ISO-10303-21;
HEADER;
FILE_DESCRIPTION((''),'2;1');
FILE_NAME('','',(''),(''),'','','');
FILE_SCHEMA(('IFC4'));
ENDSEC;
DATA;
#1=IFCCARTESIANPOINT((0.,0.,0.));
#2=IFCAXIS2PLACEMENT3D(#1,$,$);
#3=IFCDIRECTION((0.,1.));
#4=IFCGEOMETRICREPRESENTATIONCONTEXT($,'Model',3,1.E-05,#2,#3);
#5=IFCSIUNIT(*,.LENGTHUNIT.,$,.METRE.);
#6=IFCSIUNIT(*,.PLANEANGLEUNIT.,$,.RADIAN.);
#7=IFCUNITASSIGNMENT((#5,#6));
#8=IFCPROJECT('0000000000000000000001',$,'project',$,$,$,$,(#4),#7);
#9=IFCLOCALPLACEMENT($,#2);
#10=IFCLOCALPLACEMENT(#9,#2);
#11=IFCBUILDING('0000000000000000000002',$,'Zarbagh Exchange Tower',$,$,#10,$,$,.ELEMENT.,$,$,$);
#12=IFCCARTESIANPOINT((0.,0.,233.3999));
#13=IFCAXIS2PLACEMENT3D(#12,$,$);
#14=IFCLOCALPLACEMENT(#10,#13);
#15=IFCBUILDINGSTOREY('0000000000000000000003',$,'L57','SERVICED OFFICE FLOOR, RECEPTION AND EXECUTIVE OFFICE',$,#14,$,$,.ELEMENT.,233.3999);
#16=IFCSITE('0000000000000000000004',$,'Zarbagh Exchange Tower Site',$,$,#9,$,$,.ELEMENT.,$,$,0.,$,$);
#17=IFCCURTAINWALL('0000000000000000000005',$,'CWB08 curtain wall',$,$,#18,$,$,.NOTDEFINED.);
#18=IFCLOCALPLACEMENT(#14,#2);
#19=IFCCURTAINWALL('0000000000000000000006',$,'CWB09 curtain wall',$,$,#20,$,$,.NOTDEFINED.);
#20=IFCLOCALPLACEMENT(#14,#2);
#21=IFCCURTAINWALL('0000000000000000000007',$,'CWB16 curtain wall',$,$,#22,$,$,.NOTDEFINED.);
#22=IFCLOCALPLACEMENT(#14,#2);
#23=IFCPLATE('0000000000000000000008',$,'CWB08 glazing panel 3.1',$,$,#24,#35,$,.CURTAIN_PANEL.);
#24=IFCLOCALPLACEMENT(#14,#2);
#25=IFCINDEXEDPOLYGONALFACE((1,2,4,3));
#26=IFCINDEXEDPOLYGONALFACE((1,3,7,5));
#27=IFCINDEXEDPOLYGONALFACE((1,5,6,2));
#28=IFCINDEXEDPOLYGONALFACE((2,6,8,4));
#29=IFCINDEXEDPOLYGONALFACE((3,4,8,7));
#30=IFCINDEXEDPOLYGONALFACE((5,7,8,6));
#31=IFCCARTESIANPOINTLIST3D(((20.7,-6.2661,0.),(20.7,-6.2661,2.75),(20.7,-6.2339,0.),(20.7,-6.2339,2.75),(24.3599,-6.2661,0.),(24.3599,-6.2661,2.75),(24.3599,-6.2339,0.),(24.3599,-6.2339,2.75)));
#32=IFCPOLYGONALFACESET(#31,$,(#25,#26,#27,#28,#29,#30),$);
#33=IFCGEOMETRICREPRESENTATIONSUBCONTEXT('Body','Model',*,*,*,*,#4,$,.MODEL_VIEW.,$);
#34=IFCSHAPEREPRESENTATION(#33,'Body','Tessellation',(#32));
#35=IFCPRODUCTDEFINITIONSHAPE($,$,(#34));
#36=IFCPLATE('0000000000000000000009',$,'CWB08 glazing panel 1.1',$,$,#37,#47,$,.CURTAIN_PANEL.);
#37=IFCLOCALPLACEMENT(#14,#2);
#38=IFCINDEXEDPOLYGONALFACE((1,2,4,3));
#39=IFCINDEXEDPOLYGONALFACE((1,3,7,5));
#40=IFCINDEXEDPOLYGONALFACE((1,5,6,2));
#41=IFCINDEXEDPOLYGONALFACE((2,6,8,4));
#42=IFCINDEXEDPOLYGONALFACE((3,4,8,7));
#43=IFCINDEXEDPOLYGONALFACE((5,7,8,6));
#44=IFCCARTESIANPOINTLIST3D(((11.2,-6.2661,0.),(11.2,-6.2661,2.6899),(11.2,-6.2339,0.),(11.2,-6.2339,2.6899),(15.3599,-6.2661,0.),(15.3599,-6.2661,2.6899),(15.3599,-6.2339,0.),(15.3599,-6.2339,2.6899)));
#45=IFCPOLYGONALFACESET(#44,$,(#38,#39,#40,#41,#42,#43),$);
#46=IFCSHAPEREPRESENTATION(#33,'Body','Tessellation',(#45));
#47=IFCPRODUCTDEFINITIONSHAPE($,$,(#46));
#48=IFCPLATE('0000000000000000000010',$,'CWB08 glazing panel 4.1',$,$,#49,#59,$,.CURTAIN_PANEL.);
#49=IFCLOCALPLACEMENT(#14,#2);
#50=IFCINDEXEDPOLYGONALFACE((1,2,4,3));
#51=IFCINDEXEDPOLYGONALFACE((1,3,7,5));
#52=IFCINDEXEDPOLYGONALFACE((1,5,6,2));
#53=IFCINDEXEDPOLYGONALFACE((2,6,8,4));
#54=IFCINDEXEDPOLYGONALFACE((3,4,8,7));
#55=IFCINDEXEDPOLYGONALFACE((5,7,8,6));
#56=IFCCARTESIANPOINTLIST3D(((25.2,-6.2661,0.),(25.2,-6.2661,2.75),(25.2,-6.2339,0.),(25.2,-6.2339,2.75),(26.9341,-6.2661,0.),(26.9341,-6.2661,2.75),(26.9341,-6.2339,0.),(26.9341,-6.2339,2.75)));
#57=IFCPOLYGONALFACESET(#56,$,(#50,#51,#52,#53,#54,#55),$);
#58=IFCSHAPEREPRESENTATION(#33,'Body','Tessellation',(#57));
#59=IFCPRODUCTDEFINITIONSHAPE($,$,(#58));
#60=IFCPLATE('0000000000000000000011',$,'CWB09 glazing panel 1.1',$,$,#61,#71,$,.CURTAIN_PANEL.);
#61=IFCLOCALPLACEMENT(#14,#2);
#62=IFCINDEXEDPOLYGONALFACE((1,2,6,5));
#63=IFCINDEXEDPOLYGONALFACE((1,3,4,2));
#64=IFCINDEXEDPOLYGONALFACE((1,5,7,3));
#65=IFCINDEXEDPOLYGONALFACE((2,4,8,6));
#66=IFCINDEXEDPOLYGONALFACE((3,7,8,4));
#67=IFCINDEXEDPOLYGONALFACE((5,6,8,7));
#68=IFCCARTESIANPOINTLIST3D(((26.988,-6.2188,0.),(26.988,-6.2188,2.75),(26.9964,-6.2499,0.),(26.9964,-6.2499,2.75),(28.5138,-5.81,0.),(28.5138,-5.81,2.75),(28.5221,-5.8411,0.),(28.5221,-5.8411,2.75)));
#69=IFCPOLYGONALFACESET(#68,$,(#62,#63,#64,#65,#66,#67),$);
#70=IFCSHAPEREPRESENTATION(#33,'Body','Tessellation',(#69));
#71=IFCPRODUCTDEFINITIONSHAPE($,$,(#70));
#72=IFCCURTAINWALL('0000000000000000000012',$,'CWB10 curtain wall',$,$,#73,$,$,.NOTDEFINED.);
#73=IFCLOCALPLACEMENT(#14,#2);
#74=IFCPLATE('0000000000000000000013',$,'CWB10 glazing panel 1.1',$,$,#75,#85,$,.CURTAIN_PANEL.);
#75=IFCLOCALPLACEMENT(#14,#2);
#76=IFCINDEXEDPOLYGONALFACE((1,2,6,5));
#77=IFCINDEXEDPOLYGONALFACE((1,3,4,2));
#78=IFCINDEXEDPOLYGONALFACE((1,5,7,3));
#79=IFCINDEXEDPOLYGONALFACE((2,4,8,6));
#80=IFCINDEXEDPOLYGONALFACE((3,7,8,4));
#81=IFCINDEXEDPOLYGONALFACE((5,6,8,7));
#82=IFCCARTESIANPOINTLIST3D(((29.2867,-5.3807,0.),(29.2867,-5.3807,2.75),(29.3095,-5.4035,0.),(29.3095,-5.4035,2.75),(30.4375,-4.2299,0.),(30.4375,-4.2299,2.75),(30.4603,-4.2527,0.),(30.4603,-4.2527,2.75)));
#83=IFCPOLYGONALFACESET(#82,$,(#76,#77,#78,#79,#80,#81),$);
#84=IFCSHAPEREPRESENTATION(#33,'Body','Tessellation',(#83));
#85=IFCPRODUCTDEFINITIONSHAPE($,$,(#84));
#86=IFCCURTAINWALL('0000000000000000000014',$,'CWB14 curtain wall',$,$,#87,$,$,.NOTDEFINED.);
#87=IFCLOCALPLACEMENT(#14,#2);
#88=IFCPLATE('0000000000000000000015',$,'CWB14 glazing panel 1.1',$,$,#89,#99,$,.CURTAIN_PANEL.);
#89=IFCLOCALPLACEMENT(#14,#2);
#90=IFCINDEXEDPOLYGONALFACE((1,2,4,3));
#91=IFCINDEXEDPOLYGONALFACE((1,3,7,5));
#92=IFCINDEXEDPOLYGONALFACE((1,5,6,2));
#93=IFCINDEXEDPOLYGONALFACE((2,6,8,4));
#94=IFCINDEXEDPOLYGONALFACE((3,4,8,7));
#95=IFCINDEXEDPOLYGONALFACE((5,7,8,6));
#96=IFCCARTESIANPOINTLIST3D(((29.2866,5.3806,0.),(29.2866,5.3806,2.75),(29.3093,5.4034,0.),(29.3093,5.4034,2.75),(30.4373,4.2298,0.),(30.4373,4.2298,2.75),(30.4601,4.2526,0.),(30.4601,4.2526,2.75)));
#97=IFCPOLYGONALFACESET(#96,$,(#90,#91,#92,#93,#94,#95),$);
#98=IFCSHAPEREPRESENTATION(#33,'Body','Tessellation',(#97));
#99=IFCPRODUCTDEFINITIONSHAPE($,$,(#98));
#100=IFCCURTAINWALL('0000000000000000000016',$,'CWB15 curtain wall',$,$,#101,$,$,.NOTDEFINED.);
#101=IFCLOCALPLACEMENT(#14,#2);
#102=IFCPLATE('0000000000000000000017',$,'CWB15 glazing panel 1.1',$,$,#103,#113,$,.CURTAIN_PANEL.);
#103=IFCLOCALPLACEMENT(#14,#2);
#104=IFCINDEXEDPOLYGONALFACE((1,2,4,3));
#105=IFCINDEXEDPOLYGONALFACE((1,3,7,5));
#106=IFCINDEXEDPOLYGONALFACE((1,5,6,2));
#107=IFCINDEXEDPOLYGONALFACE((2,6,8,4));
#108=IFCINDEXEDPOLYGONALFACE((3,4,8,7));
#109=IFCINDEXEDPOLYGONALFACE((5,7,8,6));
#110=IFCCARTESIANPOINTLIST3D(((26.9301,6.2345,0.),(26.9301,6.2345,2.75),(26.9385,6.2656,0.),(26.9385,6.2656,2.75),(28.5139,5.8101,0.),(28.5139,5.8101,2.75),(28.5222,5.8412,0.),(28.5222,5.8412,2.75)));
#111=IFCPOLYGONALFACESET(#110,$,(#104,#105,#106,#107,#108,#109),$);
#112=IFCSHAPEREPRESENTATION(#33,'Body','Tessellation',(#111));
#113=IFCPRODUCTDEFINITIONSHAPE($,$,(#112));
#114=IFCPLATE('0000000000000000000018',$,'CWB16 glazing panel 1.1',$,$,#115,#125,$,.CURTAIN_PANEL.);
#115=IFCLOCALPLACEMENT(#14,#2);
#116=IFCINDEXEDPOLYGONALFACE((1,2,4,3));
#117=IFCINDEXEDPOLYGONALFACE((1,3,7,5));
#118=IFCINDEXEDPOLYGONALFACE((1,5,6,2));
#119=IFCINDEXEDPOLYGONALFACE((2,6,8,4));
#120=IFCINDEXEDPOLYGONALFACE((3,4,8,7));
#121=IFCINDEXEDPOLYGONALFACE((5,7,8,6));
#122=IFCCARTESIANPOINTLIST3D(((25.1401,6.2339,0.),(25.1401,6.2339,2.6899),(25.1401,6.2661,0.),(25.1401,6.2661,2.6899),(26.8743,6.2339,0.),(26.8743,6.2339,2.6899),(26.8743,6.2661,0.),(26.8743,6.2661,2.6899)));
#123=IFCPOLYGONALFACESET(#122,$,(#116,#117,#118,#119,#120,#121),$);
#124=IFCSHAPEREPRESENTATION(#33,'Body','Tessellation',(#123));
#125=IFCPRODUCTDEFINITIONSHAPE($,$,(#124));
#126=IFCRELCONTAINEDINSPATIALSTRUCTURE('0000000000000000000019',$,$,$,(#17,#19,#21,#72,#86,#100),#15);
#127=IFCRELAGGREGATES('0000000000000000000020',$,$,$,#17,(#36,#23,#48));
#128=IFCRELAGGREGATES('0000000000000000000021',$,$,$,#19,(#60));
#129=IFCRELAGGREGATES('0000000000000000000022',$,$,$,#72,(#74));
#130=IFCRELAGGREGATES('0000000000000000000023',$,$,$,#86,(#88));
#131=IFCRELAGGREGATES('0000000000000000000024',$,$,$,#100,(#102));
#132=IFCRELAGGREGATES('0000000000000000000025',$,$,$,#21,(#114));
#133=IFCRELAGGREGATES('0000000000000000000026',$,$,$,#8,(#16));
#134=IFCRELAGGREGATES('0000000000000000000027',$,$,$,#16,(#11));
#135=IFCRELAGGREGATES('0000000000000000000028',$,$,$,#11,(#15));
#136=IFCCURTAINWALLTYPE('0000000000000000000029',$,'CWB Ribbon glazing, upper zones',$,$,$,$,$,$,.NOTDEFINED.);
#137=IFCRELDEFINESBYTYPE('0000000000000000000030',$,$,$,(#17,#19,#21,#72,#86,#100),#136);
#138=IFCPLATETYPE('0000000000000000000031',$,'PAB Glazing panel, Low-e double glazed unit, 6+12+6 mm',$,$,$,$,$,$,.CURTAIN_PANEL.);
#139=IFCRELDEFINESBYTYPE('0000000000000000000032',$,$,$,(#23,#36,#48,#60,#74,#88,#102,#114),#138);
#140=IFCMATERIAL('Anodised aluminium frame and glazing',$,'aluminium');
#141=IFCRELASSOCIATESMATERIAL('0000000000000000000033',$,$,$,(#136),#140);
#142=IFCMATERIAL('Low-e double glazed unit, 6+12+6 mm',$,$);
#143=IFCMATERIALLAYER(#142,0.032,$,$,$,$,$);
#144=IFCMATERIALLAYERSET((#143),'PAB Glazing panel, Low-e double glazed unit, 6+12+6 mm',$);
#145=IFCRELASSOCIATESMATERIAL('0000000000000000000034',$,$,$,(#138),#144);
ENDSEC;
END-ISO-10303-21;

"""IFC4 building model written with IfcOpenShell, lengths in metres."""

from ifc_helpers import new_model, si_unit, direction, frame, origin, place, context, subcontext, project, spatial, polyline, outline, extrude, source, transform, mapped, material, layer, layer_set, type_object, element, aggregate, save


model = new_model("IFC4")

# Units and contexts
model_context = context("Model", 3, precision=1e-05, world=origin(), true_north=direction((0.0, 1.0)))
body_context = subcontext(model_context, "Body", "Model", "MODEL_VIEW")
ifc_project = project(units=[si_unit("LENGTHUNIT", "METRE"), si_unit("PLANEANGLEUNIT", "RADIAN")], contexts=[model_context])

# Site, building, storey
site_placement = place(None, origin())
site = spatial("IfcSite", under=ifc_project, at=site_placement, Name="Zarbagh Exchange Tower Site", CompositionType="ELEMENT", RefElevation=0.0)
building_placement = place(site_placement, origin())
building = spatial("IfcBuilding", under=site, at=building_placement, Name="Zarbagh Exchange Tower", CompositionType="ELEMENT")
storey_placement = place(building_placement, frame((0.0, 0.0, 233.3999)))
storey = spatial("IfcBuildingStorey", under=building, at=storey_placement, Name="L57", Description="SERVICED OFFICE FLOOR, RECEPTION AND EXECUTIVE OFFICE", CompositionType="ELEMENT", Elevation=233.3999)

# Curtain wall
ifc_material_1 = material(Name="Anodised aluminium frame and glazing", Category="aluminium")
curtain_wall_type = type_object("IfcCurtainWallType", Name="CWB Ribbon glazing, upper zones", PredefinedType="NOTDEFINED", material=ifc_material_1)
curtain_wall_1_placement = place(storey_placement, origin())
curtain_wall_1 = element("IfcCurtainWall", 1, at=curtain_wall_1_placement, inside=storey, type_object=curtain_wall_type, Name="CWB08 curtain wall", PredefinedType="NOTDEFINED")
placement = place(storey_placement, origin())

# Curtain wall
curtain_wall_2_placement = place(storey_placement, origin())
curtain_wall_2 = element("IfcCurtainWall", 2, at=curtain_wall_2_placement, inside=storey, type_object=curtain_wall_type, Name="CWB09 curtain wall", PredefinedType="NOTDEFINED")

# Curtain wall
curtain_wall_3_placement = place(storey_placement, origin())
curtain_wall_3 = element("IfcCurtainWall", 3, at=curtain_wall_3_placement, inside=storey, type_object=curtain_wall_type, Name="CWB16 curtain wall", PredefinedType="NOTDEFINED")

# Shared definitions
ifc_material_2 = material(Name="Low-e double glazed unit, 6+12+6 mm")
ifc_layer = layer(ifc_material_2, 0.032)
ifc_layer_set = layer_set([ifc_layer], Name="PAB Glazing panel, Low-e double glazed unit, 6+12+6 mm")
plate_type = type_object("IfcPlateType", Name="PAB Glazing panel, Low-e double glazed unit, 6+12+6 mm", PredefinedType="CURTAIN_PANEL", material=ifc_layer_set)

# Plates
shared_shape_1 = source(origin(), body_context, "Body", "SweptSolid", [
    extrude(outline(polyline([(0.0, -0.0161), (3.6599, -0.0161), (3.6599, 0.0161), (0.0, 0.0161), (0.0, -0.0161)])), origin(), (0.0, 0.0, 1.0), 2.75),
])
plate_1 = element("IfcPlate", 4, at=placement, type_object=plate_type, Name="CWB08 glazing panel 3.1", PredefinedType="CURTAIN_PANEL", context=body_context, shape_type="MappedRepresentation", body=[
    mapped(shared_shape_1, transform((20.7, -6.25, 0.0), x_axis=(1.0, 0.0, 0.0), y_axis=(0.0, 1.0, 0.0), z_axis=(0.0, 0.0, 1.0))),
])
shared_shape_2 = source(origin(), body_context, "Body", "SweptSolid", [
    extrude(outline(polyline([(0.0, -0.0161), (4.1599, -0.0161), (4.1599, 0.0161), (0.0, 0.0161), (0.0, -0.0161)])), origin(), (0.0, 0.0, 1.0), 2.6899),
])
plate_2 = element("IfcPlate", 5, at=placement, type_object=plate_type, Name="CWB08 glazing panel 1.1", PredefinedType="CURTAIN_PANEL", context=body_context, shape_type="MappedRepresentation", body=[
    mapped(shared_shape_2, transform((11.2, -6.25, 0.0), x_axis=(1.0, 0.0, 0.0), y_axis=(0.0, 1.0, 0.0), z_axis=(0.0, 0.0, 1.0))),
])
shared_shape_3 = source(origin(), body_context, "Body", "SweptSolid", [
    extrude(outline(polyline([(0.0, -0.0161), (1.7341, -0.0161), (1.7341, 0.0161), (0.0, 0.0161), (0.0, -0.0161)])), origin(), (0.0, 0.0, 1.0), 2.75),
])
plate_3 = element("IfcPlate", 6, at=placement, type_object=plate_type, Name="CWB08 glazing panel 4.1", PredefinedType="CURTAIN_PANEL", context=body_context, shape_type="MappedRepresentation", body=[
    mapped(shared_shape_3, transform((25.2, -6.25, 0.0), x_axis=(1.0, 0.0, 0.0), y_axis=(0.0, 1.0, 0.0), z_axis=(0.0, 0.0, 1.0))),
])
aggregate(curtain_wall_1, [plate_2, plate_1, plate_3])
shared_shape_4 = source(origin(), body_context, "Body", "SweptSolid", [
    extrude(outline(polyline([(0.0, -0.0161), (1.5796, -0.0161), (1.5796, 0.0161), (0.0, 0.0161), (0.0, -0.0161)])), origin(), (0.0, 0.0, 1.0), 2.75),
])
plate_4 = element("IfcPlate", 7, at=placement, type_object=plate_type, Name="CWB09 glazing panel 1.1", PredefinedType="CURTAIN_PANEL", context=body_context, shape_type="MappedRepresentation", body=[
    mapped(shared_shape_4, transform((26.9922, -6.2344, 0.0), x_axis=(0.965924, 0.258825, 0.0), y_axis=(-0.258825, 0.965924, 0.0), z_axis=(0.0, 0.0, 1.0))),
])
aggregate(curtain_wall_2, [plate_4])

# Curtain walls, plates
curtain_wall_4_placement = place(storey_placement, origin())
curtain_wall_4 = element("IfcCurtainWall", 8, at=curtain_wall_4_placement, inside=storey, type_object=curtain_wall_type, Name="CWB10 curtain wall", PredefinedType="NOTDEFINED")
shared_shape_5 = source(origin(), body_context, "Body", "SweptSolid", [
    extrude(outline(polyline([(0.0, -0.0161), (1.6274, -0.0161), (1.6274, 0.0161), (0.0, 0.0161), (0.0, -0.0161)])), origin(), (0.0, 0.0, 1.0), 2.75),
])
plate_5 = element("IfcPlate", 9, at=placement, type_object=plate_type, Name="CWB10 glazing panel 1.1", PredefinedType="CURTAIN_PANEL", context=body_context, shape_type="MappedRepresentation", body=[
    mapped(shared_shape_5, transform((29.2981, -5.3921, 0.0), x_axis=(0.707107, 0.707107, 0.0), y_axis=(-0.707107, 0.707107, 0.0), z_axis=(0.0, 0.0, 1.0))),
])
aggregate(curtain_wall_4, [plate_5])
curtain_wall_5_placement = place(storey_placement, origin())
curtain_wall_5 = element("IfcCurtainWall", 10, at=curtain_wall_5_placement, inside=storey, type_object=curtain_wall_type, Name="CWB14 curtain wall", PredefinedType="NOTDEFINED")
plate_6 = element("IfcPlate", 11, at=placement, type_object=plate_type, Name="CWB14 glazing panel 1.1", PredefinedType="CURTAIN_PANEL", context=body_context, shape_type="MappedRepresentation", body=[
    mapped(shared_shape_5, transform((30.4487, 4.2412, 0.0), x_axis=(-0.707107, 0.707107, 0.0), y_axis=(-0.707107, -0.707107, 0.0), z_axis=(0.0, 0.0, 1.0))),
])
aggregate(curtain_wall_5, [plate_6])
curtain_wall_6_placement = place(storey_placement, origin())
curtain_wall_6 = element("IfcCurtainWall", 12, at=curtain_wall_6_placement, inside=storey, type_object=curtain_wall_type, Name="CWB15 curtain wall", PredefinedType="NOTDEFINED")
shared_shape_6 = source(origin(), body_context, "Body", "SweptSolid", [
    extrude(outline(polyline([(0.0, -0.0161), (1.6396, -0.0161), (1.6396, 0.0161), (0.0, 0.0161), (0.0, -0.0161)])), origin(), (0.0, 0.0, 1.0), 2.75),
])
plate_7 = element("IfcPlate", 13, at=placement, type_object=plate_type, Name="CWB15 glazing panel 1.1", PredefinedType="CURTAIN_PANEL", context=body_context, shape_type="MappedRepresentation", body=[
    mapped(shared_shape_6, transform((28.5181, 5.8257, 0.0), x_axis=(-0.965924, 0.258825, 0.0), y_axis=(-0.258825, -0.965924, 0.0), z_axis=(0.0, 0.0, 1.0))),
])
aggregate(curtain_wall_6, [plate_7])

# Plate
shared_shape_7 = source(origin(), body_context, "Body", "SweptSolid", [
    extrude(outline(polyline([(0.0, -0.0161), (1.7341, -0.0161), (1.7341, 0.0161), (0.0, 0.0161), (0.0, -0.0161)])), origin(), (0.0, 0.0, 1.0), 2.6899),
])
plate_8 = element("IfcPlate", 14, at=placement, type_object=plate_type, Name="CWB16 glazing panel 1.1", PredefinedType="CURTAIN_PANEL", context=body_context, shape_type="MappedRepresentation", body=[
    mapped(shared_shape_7, transform((26.8743, 6.25, 0.0), x_axis=(-1.0, 0.0, 0.0), y_axis=(0.0, -1.0, 0.0), z_axis=(0.0, 0.0, 1.0))),
])
aggregate(curtain_wall_3, [plate_8])

save(model, "model.ifc")
